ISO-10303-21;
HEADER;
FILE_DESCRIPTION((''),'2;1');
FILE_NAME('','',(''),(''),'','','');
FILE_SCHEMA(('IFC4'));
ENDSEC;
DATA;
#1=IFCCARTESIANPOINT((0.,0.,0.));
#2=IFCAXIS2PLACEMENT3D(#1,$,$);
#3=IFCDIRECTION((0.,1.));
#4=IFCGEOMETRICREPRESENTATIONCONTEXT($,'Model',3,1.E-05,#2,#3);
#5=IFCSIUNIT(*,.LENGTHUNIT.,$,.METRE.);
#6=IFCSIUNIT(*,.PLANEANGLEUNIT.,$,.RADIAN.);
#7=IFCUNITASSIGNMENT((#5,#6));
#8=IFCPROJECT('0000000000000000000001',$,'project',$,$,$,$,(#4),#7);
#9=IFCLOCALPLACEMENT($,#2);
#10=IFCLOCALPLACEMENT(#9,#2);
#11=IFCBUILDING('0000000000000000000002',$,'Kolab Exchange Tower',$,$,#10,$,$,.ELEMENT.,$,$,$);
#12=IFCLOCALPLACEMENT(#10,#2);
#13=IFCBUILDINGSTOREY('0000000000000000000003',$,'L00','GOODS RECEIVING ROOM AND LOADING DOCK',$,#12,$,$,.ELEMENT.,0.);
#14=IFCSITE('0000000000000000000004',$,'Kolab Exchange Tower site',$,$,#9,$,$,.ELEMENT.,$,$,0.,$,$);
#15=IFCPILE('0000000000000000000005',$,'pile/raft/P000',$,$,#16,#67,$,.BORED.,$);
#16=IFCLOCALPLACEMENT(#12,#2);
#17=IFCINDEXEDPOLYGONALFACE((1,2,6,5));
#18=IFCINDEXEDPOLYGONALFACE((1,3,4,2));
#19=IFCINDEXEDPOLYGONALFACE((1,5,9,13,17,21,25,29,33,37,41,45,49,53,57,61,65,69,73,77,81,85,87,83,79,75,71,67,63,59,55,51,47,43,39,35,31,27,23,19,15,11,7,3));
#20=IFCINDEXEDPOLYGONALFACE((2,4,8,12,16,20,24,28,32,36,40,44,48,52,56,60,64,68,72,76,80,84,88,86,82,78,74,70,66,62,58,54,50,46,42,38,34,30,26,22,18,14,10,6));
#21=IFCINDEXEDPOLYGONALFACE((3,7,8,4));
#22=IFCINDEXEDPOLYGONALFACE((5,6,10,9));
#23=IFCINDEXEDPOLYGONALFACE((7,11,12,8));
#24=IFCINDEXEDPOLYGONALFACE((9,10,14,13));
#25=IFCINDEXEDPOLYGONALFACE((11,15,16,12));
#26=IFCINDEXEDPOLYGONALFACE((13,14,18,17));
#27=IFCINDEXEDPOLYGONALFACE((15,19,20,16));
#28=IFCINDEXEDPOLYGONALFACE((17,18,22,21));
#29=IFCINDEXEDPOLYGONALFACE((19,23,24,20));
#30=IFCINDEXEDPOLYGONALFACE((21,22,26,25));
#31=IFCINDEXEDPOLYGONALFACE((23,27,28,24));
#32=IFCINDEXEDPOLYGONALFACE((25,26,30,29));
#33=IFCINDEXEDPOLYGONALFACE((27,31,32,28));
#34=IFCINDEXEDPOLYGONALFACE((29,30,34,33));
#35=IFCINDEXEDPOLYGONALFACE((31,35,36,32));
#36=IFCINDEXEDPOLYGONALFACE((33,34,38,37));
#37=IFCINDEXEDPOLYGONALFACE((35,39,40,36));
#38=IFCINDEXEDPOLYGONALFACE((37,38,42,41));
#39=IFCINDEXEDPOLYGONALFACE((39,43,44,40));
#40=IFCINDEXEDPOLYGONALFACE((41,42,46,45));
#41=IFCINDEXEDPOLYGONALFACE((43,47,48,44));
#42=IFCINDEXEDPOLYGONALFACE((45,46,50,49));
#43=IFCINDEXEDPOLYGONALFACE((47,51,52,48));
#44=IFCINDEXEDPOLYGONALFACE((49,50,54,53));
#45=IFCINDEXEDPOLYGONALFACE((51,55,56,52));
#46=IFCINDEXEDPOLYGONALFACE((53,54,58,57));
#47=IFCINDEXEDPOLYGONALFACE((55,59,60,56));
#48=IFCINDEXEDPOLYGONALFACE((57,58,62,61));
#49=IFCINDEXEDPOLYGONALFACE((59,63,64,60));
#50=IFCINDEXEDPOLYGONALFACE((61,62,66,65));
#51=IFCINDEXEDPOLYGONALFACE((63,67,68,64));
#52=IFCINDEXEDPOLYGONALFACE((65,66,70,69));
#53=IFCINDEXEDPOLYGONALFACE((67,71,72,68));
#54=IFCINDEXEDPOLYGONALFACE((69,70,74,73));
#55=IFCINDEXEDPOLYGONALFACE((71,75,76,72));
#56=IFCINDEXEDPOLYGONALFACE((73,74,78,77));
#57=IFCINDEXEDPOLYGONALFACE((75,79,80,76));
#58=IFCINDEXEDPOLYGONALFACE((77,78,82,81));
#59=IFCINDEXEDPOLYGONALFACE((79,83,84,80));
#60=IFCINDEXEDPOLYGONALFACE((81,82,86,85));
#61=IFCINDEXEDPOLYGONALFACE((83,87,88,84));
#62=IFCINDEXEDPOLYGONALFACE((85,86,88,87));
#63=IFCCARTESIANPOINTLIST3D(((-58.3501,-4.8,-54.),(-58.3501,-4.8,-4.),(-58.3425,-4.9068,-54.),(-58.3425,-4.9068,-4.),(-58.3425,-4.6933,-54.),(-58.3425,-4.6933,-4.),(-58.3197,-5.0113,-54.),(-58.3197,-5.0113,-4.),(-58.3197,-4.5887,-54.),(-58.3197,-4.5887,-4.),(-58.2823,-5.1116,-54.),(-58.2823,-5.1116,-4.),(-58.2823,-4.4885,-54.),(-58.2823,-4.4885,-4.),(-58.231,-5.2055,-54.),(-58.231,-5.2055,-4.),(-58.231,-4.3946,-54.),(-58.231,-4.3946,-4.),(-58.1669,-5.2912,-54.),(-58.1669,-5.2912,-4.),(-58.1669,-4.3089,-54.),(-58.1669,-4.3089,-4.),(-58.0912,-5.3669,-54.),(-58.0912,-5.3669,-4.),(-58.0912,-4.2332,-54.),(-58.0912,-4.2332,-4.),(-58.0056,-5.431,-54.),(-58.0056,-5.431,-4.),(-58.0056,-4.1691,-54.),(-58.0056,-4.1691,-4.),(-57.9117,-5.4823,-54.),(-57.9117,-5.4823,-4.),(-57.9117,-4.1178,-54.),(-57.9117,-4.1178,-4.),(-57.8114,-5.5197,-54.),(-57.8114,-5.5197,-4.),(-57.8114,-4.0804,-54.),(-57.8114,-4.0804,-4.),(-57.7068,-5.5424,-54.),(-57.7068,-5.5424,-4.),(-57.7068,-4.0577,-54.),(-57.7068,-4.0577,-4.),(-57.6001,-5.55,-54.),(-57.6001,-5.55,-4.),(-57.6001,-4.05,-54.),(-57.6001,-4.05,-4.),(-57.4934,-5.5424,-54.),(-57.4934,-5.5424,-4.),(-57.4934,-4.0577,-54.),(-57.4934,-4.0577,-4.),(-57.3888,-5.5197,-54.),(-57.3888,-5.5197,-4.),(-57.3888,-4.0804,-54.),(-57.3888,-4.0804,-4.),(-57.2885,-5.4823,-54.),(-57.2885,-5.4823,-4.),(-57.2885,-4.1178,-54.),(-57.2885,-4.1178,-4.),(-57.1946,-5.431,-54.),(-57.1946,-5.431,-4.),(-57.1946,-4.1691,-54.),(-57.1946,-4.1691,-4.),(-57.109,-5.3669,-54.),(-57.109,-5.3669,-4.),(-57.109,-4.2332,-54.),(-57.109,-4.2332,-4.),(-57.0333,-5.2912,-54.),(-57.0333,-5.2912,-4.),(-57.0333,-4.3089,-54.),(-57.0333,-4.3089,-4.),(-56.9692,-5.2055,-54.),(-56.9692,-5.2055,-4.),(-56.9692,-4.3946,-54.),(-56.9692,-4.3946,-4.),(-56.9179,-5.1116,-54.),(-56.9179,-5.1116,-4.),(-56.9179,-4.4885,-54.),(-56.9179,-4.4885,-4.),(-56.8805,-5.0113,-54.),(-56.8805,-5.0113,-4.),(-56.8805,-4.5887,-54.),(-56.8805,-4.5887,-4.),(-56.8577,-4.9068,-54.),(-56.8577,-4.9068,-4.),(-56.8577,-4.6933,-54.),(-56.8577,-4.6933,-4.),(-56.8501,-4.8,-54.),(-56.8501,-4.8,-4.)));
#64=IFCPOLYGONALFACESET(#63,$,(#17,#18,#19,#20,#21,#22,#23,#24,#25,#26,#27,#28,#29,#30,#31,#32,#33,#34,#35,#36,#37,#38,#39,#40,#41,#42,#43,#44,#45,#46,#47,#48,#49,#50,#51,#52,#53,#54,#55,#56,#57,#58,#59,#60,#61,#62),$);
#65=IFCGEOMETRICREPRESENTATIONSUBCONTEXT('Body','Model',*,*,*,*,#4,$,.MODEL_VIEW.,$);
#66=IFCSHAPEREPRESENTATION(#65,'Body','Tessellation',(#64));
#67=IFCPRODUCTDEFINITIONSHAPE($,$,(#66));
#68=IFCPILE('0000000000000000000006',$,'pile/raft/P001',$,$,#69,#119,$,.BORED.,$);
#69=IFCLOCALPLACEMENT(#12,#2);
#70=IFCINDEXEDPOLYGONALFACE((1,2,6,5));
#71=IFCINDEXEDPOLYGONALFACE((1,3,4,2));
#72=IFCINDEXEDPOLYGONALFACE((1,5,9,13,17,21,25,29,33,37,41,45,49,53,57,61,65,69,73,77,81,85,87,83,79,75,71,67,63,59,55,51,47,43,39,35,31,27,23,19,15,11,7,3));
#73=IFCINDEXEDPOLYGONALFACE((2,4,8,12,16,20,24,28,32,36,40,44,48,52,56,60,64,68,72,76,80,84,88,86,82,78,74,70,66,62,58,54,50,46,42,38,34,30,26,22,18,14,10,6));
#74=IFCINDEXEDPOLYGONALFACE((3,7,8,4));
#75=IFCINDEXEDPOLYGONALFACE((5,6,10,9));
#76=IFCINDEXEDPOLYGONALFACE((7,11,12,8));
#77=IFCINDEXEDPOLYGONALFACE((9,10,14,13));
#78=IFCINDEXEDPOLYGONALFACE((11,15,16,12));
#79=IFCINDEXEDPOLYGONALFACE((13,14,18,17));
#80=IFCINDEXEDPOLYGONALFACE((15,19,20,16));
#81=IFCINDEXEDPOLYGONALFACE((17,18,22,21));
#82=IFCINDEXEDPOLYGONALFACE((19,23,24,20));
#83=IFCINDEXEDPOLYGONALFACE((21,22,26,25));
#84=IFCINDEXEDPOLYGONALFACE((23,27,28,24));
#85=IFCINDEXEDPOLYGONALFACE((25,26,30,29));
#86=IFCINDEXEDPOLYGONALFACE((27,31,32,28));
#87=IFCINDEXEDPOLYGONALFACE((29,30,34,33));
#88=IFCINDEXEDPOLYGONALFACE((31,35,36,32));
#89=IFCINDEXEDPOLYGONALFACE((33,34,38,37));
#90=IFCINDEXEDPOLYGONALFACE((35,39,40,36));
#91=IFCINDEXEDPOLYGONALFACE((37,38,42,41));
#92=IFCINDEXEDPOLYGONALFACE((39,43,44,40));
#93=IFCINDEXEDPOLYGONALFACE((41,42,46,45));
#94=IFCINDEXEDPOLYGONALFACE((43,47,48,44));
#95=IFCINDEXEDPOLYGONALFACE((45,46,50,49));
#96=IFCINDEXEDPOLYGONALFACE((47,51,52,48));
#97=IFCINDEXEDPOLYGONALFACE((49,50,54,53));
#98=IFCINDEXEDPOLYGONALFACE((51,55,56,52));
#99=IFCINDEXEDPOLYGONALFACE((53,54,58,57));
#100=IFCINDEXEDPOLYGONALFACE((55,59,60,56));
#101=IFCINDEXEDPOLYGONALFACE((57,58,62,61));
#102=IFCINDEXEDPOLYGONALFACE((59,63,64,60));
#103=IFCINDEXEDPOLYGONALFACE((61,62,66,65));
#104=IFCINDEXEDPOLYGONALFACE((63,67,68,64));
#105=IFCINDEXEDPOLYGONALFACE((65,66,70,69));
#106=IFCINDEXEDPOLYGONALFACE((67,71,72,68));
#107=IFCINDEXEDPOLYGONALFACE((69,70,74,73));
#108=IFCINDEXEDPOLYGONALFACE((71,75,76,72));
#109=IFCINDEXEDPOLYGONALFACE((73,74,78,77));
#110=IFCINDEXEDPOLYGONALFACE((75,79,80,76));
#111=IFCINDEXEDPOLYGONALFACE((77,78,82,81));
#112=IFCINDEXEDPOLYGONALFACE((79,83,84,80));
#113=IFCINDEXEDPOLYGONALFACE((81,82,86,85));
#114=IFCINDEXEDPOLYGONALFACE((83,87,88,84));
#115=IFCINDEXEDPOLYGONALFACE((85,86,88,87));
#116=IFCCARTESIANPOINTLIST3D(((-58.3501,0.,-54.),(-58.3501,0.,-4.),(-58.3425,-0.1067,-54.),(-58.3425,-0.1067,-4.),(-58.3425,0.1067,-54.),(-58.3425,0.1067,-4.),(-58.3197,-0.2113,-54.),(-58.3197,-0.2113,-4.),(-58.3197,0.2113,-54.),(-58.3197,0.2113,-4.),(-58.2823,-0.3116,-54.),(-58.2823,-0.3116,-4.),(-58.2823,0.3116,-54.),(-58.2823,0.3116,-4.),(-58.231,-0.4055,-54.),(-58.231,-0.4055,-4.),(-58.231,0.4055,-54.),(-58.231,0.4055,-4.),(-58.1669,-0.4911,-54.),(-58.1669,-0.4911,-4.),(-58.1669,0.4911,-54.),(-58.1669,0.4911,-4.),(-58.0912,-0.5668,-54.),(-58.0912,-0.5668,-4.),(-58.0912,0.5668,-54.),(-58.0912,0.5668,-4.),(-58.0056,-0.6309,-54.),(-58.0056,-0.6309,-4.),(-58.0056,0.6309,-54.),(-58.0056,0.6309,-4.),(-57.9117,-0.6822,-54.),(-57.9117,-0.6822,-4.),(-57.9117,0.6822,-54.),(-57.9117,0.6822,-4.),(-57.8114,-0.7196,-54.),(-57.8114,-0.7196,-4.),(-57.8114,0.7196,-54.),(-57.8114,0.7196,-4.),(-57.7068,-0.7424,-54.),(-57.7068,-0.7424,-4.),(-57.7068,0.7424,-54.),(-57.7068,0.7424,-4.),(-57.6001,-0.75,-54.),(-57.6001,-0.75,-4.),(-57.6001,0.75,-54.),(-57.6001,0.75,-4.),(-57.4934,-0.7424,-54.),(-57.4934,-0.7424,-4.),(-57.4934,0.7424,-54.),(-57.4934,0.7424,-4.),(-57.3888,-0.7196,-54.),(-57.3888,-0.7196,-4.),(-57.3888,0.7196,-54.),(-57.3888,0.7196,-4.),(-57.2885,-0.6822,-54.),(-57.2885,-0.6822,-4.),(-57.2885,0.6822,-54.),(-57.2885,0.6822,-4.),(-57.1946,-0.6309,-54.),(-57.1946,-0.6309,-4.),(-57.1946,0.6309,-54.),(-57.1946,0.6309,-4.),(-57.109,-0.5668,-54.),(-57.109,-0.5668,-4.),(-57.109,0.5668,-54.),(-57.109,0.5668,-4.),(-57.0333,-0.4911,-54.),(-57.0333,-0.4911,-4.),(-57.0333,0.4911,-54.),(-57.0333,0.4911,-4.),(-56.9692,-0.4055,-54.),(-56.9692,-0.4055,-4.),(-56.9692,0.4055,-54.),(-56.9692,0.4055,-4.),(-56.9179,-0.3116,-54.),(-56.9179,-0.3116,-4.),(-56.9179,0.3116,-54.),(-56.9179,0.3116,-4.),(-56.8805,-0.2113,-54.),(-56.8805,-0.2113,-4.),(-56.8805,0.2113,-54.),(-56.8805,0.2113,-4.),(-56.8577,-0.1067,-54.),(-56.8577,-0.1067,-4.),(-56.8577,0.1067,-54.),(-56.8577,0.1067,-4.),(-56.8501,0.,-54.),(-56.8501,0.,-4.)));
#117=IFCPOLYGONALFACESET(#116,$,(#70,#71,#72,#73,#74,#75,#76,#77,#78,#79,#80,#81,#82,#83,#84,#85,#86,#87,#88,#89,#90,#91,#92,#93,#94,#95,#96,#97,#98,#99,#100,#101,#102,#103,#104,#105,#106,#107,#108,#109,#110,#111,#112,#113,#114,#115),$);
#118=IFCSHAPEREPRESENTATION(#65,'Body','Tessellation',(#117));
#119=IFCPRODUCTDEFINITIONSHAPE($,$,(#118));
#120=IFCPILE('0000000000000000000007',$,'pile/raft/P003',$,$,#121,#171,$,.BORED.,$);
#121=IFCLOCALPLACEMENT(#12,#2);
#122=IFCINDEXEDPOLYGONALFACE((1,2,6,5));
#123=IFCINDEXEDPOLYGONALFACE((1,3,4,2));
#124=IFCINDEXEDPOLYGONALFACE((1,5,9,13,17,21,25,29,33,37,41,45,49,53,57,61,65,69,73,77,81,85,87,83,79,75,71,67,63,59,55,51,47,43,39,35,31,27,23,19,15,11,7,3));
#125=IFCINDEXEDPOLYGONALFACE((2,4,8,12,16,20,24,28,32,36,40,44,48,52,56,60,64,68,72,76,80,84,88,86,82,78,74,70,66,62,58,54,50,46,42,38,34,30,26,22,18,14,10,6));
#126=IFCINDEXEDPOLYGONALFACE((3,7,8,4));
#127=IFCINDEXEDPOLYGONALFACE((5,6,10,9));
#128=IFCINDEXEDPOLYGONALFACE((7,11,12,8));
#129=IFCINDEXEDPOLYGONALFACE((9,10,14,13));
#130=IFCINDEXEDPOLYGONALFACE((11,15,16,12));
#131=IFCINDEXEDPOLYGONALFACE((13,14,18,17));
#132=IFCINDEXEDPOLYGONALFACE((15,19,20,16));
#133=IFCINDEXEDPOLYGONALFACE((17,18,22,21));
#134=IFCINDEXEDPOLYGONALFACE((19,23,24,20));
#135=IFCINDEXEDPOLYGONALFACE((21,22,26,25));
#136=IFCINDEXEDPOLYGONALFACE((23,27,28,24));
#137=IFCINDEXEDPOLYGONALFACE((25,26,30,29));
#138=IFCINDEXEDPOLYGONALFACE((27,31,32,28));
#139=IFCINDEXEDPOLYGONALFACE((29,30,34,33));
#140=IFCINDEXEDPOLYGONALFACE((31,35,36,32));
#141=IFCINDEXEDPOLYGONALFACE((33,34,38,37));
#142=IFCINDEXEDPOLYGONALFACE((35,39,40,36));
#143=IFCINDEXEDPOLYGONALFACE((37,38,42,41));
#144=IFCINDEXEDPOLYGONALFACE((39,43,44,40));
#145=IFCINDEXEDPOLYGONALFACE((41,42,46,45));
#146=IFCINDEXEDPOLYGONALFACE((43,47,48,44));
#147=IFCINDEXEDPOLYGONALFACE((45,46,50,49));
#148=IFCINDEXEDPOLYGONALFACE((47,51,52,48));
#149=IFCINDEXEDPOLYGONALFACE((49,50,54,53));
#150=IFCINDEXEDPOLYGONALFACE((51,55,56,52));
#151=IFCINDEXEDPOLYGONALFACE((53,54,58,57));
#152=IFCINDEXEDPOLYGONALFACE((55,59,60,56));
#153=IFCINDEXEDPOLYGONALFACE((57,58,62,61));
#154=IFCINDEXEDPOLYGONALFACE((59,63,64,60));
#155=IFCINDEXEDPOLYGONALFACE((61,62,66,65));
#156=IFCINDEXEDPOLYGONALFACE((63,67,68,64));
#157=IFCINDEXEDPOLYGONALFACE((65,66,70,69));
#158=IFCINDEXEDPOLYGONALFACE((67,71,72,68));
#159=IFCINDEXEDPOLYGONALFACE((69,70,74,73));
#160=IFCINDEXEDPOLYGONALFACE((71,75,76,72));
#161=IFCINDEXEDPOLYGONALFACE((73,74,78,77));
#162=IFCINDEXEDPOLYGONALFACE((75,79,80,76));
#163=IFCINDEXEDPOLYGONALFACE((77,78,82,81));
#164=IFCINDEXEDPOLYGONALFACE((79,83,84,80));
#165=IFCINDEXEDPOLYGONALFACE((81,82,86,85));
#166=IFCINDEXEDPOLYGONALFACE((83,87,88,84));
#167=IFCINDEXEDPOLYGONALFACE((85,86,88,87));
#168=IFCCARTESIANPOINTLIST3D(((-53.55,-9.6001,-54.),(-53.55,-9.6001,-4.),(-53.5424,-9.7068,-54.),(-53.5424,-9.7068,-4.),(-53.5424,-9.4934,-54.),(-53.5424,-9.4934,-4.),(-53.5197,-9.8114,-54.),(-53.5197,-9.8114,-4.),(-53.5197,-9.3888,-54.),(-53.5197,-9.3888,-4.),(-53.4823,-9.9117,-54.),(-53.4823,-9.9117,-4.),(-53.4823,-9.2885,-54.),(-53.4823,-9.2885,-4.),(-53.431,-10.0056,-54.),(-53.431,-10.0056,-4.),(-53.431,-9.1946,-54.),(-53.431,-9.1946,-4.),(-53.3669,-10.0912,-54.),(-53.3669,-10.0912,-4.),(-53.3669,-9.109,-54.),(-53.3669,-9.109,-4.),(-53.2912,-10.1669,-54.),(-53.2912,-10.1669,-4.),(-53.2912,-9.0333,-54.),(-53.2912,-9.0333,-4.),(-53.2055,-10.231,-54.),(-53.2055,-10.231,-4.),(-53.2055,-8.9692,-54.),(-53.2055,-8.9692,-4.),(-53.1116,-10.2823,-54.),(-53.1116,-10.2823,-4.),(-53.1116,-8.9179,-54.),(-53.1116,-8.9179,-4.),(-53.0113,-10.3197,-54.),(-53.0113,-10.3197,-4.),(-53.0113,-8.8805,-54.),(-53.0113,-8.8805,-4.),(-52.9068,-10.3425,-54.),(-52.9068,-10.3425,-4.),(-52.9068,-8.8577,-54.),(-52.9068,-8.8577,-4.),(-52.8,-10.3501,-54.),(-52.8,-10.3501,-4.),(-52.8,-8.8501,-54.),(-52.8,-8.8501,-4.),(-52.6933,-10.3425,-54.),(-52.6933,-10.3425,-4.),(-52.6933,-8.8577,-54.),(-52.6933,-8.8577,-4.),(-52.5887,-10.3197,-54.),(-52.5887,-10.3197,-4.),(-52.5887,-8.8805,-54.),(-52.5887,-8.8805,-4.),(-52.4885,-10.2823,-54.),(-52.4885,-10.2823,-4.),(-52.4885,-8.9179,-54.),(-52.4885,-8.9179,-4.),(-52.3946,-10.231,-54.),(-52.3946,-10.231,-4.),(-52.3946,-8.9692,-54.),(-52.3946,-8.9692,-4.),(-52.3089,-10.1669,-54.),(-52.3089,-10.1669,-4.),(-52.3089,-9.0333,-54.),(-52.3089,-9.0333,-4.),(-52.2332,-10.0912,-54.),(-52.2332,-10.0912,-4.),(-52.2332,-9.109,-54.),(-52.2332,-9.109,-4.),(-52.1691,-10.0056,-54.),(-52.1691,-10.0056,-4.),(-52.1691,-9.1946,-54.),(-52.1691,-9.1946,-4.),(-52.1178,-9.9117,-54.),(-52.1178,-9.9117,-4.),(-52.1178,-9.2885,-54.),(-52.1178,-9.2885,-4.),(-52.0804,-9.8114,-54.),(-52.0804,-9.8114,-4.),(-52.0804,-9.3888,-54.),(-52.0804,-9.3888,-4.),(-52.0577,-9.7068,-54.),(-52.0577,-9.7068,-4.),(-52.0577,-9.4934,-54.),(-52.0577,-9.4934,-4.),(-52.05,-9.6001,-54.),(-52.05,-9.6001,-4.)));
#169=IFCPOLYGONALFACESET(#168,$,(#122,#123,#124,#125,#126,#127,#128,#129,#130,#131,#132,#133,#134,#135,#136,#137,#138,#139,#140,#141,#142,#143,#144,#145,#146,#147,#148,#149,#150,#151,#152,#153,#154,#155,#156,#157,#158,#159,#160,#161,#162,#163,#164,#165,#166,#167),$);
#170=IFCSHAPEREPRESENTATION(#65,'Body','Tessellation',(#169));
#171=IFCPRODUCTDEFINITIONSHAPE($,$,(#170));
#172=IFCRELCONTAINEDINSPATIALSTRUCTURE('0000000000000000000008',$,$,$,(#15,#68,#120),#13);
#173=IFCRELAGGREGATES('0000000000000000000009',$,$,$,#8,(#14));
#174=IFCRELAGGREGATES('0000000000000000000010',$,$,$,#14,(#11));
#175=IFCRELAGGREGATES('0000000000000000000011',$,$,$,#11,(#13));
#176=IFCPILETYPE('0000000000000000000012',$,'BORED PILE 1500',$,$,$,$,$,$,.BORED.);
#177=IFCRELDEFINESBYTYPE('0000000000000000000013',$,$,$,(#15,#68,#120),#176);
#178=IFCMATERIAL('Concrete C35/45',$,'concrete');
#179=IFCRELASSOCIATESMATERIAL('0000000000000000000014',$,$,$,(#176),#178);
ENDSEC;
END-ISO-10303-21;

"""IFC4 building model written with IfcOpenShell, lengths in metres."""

from ifc_helpers import new_model, si_unit, direction, frame, origin, origin_2d, place, context, subcontext, project, spatial, circle, extrude, material, material_profile, profile_set, type_object, element, save


model = new_model("IFC4")

# Units and contexts
model_context = context("Model", 3, precision=1e-05, world=origin(), true_north=direction((0.0, 1.0)))
body_context = subcontext(model_context, "Body", "Model", "MODEL_VIEW")
ifc_project = project(units=[si_unit("LENGTHUNIT", "METRE"), si_unit("PLANEANGLEUNIT", "RADIAN")], contexts=[model_context])

# Site, building, storey
site_placement = place(None, origin())
site = spatial("IfcSite", under=ifc_project, at=site_placement, Name="Kolab Exchange Tower site", CompositionType="ELEMENT", RefElevation=0.0)
building_placement = place(site_placement, origin())
building = spatial("IfcBuilding", under=site, at=building_placement, Name="Kolab Exchange Tower", CompositionType="ELEMENT")
storey_placement = place(building_placement, origin())
storey = spatial("IfcBuildingStorey", under=building, at=storey_placement, Name="L00", Description="GOODS RECEIVING ROOM AND LOADING DOCK", CompositionType="ELEMENT", Elevation=0.0)

# Piles
ifc_material_1 = material(Name="Concrete C35/45", Category="concrete")
ifc_material_profile_1 = material_profile(ifc_material_1, circle(Radius=0.75, at=origin_2d()), Name="BP1500")
ifc_profile_set_1 = profile_set([ifc_material_profile_1], Name="Concrete C35/45")
pile_type = type_object("IfcPileType", Name="BORED PILE 1500", PredefinedType="BORED", material=ifc_profile_set_1)
for number, where, z_axis, x_axis, name in (
    (1, (-57.6001, -4.8, -4.0), (0.0, 0.0, -1.0), (1.0, 0.0, 0.0), "pile/raft/P000"),
    (2, (-57.6001, 0.0, -4.0), (0.0, 0.0, -1.0), (1.0, 0.0, 0.0), "pile/raft/P001"),
    (3, (-52.8, -9.6001, -4.0), (0.0, 0.0, -1.0), (1.0, 0.0, 0.0), "pile/raft/P003"),
):
    element("IfcPile", number, at=place(storey_placement, frame(where, z_axis=z_axis, x_axis=x_axis)), inside=storey, type_object=pile_type, Name=name, PredefinedType="BORED", context=body_context, shape_type="SweptSolid", body=[
        extrude(circle(Radius=0.75, at=origin_2d()), origin(), (0.0, 0.0, 1.0), 50.0),
    ])

save(model, "model.ifc")
